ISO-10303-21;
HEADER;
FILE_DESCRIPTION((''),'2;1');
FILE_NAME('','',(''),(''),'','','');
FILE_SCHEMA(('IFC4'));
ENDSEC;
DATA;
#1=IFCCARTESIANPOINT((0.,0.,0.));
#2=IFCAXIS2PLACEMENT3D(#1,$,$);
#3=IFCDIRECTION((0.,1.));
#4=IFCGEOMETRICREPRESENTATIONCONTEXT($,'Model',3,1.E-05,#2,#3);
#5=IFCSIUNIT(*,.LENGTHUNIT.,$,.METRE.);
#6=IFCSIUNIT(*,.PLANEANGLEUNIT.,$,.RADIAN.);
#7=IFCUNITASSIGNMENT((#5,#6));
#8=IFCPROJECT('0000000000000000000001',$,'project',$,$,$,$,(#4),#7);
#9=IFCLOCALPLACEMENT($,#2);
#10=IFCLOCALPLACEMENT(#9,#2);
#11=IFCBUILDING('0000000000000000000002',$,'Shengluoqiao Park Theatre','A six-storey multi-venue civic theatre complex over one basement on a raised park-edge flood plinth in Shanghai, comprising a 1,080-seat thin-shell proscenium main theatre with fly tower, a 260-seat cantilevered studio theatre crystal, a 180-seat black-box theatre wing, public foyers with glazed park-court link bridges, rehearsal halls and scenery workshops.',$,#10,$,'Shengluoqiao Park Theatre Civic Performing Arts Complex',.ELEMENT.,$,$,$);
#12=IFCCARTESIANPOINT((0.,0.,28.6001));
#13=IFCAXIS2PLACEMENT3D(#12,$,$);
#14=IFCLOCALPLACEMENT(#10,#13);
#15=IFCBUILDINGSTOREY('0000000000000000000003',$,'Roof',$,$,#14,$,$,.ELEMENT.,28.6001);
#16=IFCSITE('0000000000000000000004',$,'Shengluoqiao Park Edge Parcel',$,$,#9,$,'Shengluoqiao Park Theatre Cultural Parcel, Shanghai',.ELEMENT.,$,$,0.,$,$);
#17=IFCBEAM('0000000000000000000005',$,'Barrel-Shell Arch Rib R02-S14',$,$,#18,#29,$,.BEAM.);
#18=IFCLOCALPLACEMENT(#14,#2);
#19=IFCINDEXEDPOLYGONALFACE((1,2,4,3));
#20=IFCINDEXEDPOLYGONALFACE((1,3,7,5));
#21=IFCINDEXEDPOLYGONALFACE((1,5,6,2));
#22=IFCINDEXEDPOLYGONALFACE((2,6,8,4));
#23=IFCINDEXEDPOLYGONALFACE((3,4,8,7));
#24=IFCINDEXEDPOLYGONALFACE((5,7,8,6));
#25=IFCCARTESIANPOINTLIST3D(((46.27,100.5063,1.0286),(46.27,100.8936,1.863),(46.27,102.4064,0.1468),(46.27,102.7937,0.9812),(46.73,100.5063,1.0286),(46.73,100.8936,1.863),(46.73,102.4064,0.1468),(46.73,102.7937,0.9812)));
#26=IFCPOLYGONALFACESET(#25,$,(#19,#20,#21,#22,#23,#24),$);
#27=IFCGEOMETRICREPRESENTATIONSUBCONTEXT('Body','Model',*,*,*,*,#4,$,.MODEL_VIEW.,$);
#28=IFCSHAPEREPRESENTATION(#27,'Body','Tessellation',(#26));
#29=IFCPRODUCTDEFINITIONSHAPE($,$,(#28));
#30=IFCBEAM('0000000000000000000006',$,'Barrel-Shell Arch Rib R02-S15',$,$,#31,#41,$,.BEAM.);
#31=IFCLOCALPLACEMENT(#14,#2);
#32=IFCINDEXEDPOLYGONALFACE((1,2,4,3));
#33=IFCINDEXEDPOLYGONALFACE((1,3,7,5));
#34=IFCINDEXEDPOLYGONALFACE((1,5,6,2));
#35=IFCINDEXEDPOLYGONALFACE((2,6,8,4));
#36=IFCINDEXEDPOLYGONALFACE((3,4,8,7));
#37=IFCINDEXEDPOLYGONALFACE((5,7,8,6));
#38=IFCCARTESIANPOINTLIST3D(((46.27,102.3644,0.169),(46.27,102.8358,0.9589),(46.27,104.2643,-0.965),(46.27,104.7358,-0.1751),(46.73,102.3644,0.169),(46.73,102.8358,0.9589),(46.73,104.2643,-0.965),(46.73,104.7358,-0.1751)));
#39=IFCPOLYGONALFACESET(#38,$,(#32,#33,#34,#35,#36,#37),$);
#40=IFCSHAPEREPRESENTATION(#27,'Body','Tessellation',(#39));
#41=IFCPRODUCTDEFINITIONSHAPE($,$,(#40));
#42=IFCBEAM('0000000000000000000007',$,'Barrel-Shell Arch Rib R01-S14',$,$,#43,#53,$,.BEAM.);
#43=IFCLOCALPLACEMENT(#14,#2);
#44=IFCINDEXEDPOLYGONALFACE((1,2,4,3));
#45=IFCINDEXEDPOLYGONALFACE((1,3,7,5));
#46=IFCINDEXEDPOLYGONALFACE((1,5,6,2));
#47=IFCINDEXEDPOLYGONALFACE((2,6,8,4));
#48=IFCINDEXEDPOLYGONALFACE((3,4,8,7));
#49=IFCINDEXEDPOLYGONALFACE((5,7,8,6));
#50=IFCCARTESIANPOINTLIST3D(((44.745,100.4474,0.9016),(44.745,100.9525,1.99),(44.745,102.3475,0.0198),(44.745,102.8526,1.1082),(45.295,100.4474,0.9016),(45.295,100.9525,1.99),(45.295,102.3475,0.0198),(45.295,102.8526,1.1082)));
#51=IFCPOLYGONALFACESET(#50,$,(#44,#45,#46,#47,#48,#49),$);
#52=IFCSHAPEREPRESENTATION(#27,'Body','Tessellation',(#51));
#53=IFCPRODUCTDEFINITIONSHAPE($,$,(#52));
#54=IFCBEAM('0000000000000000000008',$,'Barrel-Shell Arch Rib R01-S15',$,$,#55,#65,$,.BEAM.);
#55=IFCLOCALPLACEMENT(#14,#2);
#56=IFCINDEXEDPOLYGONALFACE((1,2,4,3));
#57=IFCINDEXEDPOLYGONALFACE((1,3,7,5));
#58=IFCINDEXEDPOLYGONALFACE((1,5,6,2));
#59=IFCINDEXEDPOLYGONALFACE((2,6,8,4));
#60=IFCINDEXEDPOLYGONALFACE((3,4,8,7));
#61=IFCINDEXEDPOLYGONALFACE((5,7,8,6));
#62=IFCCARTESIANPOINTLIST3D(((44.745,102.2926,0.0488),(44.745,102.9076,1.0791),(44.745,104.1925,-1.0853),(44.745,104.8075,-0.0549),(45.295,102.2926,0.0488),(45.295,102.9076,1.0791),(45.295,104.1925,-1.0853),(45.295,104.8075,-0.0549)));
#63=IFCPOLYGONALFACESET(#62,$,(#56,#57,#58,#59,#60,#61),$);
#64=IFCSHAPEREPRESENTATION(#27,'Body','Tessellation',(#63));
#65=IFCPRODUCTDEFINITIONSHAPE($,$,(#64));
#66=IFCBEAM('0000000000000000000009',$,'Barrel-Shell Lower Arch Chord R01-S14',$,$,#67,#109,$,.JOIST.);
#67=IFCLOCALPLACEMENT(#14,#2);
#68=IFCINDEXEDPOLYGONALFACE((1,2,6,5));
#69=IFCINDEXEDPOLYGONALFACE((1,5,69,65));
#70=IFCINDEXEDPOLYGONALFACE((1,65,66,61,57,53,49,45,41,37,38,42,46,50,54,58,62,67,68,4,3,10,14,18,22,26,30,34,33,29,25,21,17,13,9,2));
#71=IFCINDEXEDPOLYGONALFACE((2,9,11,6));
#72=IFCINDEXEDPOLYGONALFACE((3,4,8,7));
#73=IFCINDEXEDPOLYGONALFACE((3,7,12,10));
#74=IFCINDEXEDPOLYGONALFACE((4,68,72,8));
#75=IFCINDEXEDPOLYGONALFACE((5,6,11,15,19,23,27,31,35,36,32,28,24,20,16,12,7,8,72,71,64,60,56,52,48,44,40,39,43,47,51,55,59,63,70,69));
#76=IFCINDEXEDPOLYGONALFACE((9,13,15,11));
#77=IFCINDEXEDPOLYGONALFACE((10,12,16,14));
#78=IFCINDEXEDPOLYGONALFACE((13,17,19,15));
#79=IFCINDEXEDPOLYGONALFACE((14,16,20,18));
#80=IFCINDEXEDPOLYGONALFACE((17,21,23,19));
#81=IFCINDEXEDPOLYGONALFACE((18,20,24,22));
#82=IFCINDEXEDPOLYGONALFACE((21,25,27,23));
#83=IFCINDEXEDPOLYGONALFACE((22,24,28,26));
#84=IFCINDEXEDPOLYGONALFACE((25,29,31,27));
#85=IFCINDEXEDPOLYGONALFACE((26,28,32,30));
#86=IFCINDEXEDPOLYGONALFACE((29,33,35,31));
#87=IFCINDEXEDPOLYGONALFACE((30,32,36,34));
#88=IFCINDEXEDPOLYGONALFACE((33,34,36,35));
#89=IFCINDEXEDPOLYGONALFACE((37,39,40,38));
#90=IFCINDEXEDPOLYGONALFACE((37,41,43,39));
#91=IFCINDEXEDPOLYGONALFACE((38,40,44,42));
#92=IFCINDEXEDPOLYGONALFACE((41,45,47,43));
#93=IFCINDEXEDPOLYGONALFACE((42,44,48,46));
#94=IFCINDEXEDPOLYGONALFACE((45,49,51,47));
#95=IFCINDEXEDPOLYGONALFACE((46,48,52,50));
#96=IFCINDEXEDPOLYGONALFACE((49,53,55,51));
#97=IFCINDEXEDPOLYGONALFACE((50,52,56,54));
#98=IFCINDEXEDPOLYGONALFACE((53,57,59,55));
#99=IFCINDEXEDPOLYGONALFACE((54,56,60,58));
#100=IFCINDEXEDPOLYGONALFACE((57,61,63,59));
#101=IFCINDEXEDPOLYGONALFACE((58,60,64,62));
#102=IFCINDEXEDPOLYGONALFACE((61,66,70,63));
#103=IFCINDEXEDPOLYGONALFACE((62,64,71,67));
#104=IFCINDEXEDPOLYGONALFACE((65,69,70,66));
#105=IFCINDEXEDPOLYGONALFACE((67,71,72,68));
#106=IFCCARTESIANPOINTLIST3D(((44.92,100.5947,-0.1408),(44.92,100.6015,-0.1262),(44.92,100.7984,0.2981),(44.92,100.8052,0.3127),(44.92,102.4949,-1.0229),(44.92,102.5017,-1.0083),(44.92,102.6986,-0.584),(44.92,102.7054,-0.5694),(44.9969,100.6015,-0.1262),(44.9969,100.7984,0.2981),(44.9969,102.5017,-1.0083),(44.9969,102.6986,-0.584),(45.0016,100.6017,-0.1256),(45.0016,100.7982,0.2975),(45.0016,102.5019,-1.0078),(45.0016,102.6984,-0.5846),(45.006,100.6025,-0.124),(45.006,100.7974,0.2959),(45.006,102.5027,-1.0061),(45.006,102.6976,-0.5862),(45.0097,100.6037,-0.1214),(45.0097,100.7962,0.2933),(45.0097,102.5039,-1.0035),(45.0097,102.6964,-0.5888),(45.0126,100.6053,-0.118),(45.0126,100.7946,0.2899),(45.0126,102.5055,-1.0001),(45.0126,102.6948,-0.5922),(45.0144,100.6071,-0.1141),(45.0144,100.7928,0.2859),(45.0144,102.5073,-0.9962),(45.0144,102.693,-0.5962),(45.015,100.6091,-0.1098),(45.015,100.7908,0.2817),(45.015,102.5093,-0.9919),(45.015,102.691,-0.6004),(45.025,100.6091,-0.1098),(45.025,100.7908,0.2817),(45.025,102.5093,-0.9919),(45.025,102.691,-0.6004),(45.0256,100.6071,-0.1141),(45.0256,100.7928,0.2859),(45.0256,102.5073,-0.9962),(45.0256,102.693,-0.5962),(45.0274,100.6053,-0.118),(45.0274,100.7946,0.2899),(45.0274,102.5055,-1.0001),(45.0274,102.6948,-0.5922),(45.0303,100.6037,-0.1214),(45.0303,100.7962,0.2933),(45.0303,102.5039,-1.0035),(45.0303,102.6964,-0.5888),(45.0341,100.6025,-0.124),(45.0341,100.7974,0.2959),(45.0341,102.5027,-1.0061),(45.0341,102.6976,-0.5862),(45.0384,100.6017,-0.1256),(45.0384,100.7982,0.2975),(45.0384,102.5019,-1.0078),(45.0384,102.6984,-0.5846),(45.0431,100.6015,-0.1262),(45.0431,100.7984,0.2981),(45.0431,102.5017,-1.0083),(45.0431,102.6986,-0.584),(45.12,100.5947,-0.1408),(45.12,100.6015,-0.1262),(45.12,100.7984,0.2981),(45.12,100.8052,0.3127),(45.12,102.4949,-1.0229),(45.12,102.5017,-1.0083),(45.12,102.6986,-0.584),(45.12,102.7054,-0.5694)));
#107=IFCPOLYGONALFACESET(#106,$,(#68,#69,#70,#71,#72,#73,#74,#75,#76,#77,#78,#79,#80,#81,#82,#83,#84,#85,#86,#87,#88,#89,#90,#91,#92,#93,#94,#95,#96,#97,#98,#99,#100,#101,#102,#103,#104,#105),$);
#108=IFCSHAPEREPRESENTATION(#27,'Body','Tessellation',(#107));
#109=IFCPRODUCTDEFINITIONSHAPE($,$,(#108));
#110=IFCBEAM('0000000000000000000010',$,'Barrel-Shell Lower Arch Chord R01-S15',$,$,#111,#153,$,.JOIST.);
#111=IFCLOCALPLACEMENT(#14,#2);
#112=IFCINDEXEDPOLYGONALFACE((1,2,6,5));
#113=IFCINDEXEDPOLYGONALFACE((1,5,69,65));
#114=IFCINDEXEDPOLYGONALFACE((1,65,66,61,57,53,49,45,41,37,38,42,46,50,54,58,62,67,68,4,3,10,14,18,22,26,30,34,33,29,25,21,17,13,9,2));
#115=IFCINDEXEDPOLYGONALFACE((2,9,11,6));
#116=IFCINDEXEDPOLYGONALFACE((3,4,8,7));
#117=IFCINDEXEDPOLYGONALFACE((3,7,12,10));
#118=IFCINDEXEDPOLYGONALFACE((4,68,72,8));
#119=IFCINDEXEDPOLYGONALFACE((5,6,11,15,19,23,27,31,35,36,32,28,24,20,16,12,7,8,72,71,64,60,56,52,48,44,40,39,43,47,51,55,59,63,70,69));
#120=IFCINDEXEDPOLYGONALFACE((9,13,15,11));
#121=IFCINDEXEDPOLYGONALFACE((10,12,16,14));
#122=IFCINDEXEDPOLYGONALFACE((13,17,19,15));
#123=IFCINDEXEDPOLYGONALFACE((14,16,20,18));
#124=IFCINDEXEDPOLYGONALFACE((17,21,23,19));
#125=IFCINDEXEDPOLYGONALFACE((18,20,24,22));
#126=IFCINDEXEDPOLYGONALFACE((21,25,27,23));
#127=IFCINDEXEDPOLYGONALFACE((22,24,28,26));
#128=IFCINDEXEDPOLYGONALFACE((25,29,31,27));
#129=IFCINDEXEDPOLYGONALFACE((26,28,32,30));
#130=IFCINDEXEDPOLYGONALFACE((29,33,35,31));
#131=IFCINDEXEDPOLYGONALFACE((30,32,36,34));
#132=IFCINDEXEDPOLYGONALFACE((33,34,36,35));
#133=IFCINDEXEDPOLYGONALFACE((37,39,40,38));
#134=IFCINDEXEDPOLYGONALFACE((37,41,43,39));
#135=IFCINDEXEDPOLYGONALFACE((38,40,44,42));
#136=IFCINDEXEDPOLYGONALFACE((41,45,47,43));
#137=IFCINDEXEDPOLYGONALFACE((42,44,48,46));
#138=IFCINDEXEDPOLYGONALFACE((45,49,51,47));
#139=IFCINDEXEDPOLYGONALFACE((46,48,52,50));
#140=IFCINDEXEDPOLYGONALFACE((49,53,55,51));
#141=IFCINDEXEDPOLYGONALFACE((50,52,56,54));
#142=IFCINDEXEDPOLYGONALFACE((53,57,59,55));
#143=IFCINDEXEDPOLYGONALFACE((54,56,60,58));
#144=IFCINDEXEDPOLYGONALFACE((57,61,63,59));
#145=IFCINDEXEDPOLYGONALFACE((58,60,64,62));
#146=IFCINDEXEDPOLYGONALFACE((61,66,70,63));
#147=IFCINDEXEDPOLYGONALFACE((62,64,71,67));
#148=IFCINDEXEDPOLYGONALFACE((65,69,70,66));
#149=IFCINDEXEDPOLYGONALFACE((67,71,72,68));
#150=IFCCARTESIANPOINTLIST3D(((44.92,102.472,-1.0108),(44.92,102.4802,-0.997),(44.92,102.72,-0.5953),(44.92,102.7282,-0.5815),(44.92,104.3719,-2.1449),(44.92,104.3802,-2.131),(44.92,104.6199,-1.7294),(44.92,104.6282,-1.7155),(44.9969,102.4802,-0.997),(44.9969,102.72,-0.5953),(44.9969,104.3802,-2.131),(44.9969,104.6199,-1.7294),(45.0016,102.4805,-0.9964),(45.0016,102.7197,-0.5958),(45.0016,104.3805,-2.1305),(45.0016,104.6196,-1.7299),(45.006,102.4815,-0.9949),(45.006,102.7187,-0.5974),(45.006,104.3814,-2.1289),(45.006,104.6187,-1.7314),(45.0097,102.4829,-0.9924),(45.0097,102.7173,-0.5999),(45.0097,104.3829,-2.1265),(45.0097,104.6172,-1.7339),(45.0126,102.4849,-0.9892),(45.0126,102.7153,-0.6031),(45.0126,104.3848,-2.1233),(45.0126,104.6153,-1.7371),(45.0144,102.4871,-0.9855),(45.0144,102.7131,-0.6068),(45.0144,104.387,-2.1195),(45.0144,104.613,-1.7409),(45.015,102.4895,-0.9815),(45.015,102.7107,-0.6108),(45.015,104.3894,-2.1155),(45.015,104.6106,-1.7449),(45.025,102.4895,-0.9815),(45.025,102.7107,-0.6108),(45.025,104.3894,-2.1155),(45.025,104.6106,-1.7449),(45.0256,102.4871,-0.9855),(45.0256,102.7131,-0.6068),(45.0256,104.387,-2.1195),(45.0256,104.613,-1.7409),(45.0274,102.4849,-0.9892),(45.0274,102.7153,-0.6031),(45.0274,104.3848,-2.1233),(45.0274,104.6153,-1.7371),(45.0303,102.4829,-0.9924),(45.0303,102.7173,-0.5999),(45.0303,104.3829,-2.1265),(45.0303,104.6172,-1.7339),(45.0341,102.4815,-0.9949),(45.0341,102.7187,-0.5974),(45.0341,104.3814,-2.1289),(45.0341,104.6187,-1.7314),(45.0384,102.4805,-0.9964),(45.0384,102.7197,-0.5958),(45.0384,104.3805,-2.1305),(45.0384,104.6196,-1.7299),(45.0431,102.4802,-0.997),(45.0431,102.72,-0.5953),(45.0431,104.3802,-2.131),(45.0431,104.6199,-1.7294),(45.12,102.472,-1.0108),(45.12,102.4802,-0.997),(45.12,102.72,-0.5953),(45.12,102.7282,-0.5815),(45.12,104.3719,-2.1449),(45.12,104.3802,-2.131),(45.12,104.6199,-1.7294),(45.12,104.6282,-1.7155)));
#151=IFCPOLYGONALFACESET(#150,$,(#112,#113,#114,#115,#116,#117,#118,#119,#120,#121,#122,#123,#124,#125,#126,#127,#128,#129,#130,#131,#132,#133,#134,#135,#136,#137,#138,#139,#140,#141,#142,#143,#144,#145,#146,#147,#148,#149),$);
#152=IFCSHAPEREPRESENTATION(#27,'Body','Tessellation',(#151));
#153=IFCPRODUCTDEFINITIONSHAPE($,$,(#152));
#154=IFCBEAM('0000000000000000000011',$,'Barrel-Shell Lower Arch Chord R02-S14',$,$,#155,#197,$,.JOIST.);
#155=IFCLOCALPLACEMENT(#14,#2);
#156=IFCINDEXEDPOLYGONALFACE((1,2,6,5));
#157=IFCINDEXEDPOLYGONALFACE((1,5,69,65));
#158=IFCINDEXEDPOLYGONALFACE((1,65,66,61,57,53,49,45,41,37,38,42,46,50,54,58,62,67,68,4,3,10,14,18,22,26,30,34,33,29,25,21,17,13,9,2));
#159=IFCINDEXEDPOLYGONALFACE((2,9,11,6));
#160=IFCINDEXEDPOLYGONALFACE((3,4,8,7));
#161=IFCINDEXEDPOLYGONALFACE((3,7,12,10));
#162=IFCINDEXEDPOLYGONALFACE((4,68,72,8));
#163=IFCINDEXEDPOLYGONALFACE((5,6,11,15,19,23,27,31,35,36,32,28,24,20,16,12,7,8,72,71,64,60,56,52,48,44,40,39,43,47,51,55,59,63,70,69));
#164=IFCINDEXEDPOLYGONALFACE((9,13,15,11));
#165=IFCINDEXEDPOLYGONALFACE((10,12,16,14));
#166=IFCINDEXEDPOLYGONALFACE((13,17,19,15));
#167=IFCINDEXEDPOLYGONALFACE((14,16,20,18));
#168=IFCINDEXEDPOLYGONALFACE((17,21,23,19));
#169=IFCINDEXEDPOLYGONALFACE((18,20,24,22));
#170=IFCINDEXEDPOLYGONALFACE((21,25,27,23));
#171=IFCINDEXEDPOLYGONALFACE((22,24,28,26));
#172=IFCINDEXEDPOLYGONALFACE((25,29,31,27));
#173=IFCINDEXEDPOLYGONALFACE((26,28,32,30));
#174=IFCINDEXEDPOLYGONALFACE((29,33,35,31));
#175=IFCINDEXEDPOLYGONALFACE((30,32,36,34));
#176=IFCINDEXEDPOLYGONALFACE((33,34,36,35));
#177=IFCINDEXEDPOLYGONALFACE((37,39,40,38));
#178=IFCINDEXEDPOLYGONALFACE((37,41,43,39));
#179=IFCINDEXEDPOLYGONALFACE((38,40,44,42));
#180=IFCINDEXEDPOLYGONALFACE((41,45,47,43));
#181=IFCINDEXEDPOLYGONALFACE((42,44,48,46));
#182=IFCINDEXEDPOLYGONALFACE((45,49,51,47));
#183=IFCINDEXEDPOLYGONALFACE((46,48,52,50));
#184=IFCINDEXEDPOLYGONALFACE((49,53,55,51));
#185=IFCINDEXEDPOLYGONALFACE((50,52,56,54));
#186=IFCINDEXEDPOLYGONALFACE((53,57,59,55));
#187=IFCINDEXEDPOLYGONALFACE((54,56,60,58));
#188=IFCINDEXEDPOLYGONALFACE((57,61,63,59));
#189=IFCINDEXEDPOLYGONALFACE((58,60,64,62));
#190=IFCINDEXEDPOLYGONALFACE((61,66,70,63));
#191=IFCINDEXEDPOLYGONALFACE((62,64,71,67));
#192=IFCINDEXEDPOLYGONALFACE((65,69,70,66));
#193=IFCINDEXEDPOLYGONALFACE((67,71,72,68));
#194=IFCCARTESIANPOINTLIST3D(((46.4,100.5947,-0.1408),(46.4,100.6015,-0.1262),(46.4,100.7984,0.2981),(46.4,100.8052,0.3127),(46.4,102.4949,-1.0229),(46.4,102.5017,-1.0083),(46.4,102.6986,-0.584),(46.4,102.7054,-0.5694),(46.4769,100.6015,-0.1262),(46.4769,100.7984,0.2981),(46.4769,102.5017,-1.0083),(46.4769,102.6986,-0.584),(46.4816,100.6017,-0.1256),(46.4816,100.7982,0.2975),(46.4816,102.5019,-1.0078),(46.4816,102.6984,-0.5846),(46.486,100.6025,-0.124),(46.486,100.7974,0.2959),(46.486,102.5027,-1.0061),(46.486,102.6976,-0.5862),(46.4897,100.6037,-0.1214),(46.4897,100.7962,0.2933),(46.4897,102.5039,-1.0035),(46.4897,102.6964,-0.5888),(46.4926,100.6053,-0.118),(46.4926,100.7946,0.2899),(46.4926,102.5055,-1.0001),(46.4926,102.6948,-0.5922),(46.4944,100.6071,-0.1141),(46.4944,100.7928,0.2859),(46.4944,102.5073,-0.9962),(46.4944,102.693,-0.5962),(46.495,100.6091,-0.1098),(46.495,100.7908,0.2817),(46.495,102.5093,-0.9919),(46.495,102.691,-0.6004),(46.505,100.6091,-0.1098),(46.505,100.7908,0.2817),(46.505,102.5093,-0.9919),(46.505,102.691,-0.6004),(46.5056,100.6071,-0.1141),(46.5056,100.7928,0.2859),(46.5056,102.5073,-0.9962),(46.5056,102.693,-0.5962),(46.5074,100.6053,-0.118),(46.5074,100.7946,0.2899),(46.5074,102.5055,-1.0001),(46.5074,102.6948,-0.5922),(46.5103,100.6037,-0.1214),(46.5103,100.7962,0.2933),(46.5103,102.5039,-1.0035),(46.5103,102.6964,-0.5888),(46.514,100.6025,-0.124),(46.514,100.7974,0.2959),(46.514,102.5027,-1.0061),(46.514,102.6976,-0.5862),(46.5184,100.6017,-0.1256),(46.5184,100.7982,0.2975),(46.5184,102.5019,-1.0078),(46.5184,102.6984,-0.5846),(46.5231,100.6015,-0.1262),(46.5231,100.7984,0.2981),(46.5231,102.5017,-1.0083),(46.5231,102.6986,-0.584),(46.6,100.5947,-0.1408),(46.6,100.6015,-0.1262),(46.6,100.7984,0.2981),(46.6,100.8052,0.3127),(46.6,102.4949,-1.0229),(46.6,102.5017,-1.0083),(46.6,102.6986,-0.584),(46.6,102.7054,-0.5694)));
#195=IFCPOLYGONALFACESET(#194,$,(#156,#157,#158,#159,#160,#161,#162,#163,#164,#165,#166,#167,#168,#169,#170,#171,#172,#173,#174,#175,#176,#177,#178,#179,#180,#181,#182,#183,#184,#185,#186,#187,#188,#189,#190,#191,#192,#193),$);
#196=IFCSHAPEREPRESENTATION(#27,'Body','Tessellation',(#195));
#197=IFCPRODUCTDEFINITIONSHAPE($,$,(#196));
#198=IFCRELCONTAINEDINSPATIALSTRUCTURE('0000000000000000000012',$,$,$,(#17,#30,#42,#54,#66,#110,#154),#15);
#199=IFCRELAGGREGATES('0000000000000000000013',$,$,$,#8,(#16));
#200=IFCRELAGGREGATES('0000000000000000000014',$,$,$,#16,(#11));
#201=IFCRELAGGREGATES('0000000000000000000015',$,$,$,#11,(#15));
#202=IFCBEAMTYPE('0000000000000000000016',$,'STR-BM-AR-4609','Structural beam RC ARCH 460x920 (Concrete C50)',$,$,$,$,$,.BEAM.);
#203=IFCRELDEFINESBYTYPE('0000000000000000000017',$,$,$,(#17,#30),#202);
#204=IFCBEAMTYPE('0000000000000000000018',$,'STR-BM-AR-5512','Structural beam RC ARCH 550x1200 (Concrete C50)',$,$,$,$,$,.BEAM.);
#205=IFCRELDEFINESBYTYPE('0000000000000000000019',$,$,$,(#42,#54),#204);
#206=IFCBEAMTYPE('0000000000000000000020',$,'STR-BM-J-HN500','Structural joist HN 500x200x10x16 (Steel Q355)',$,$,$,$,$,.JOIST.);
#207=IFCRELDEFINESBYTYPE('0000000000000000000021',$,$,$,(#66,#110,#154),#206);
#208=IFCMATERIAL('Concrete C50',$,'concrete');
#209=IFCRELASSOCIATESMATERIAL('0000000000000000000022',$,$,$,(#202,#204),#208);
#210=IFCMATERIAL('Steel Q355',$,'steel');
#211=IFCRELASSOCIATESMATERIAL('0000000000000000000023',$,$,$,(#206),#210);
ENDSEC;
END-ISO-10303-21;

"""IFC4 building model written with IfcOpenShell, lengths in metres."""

from ifc_helpers import new_model, si_unit, direction, frame, origin, origin_2d, place, context, subcontext, project, spatial, rectangle, i_section, extrude, material, material_profile, profile_set, type_object, element, save


model = new_model("IFC4")

# Units and contexts
model_context = context("Model", 3, precision=1e-05, world=origin(), true_north=direction((0.0, 1.0)))
body_context = subcontext(model_context, "Body", "Model", "MODEL_VIEW")
ifc_project = project(units=[si_unit("LENGTHUNIT", "METRE"), si_unit("PLANEANGLEUNIT", "RADIAN")], contexts=[model_context])

# Site, building, storey
site_placement = place(None, origin())
site = spatial("IfcSite", under=ifc_project, at=site_placement, Name="Shengluoqiao Park Edge Parcel", LongName="Shengluoqiao Park Theatre Cultural Parcel, Shanghai", CompositionType="ELEMENT", RefElevation=0.0)
building_placement = place(site_placement, origin())
building = spatial("IfcBuilding", under=site, at=building_placement, Name="Shengluoqiao Park Theatre", Description="A six-storey multi-venue civic theatre complex over one basement on a raised park-edge flood plinth in Shanghai, comprising a 1,080-seat thin-shell proscenium main theatre with fly tower, a 260-seat cantilevered studio theatre crystal, a 180-seat black-box theatre wing, public foyers with glazed park-court link bridges, rehearsal halls and scenery workshops.", LongName="Shengluoqiao Park Theatre Civic Performing Arts Complex", CompositionType="ELEMENT")
storey_placement = place(building_placement, frame((0.0, 0.0, 28.6001)))
storey = spatial("IfcBuildingStorey", under=building, at=storey_placement, Name="Roof", CompositionType="ELEMENT", Elevation=28.6001)

# Beams
ifc_material_1 = material(Name="Concrete C50", Category="concrete")
ifc_material_profile_1 = material_profile(ifc_material_1, rectangle(XDim=0.46, YDim=0.9199, at=origin_2d()), Name="RC ARCH 460x920")
ifc_profile_set_1 = profile_set([ifc_material_profile_1], Name="Concrete C50")
beam_type_1 = type_object("IfcBeamType", Name="STR-BM-AR-4609", Description="Structural beam RC ARCH 460x920 (Concrete C50)", PredefinedType="BEAM", material=ifc_profile_set_1)
beam_1_placement = place(storey_placement, frame((46.5, 100.7, 1.4458), z_axis=(0.0, 0.907077, -0.420964), x_axis=(-1.0, 0.0, 0.0)))
element("IfcBeam", 1, at=beam_1_placement, inside=storey, type_object=beam_type_1, Name="Barrel-Shell Arch Rib R02-S14", PredefinedType="BEAM", context=body_context, shape_type="SweptSolid", body=[
    extrude(rectangle(XDim=0.46, YDim=0.9199, at=origin_2d()), origin(), (0.0, 0.0, 1.0), 2.0947),
])
beam_2_placement = place(storey_placement, frame((46.5, 102.6001, 0.564), z_axis=(0.0, 0.858669, -0.512531), x_axis=(-1.0, 0.0, 0.0)))
element("IfcBeam", 2, at=beam_2_placement, inside=storey, type_object=beam_type_1, Name="Barrel-Shell Arch Rib R02-S15", PredefinedType="BEAM", context=body_context, shape_type="SweptSolid", body=[
    extrude(rectangle(XDim=0.46, YDim=0.9199, at=origin_2d()), origin(), (0.0, 0.0, 1.0), 2.2126),
])
ifc_material_profile_2 = material_profile(ifc_material_1, rectangle(XDim=0.55, YDim=1.2, at=origin_2d()), Name="RC ARCH 550x1200")
ifc_profile_set_2 = profile_set([ifc_material_profile_2], Name="Concrete C50")
beam_type_2 = type_object("IfcBeamType", Name="STR-BM-AR-5512", Description="Structural beam RC ARCH 550x1200 (Concrete C50)", PredefinedType="BEAM", material=ifc_profile_set_2)
beam_3_placement = place(storey_placement, frame((45.02, 100.7, 1.4458), z_axis=(0.0, 0.907077, -0.420964), x_axis=(-1.0, 0.0, 0.0)))
element("IfcBeam", 3, at=beam_3_placement, inside=storey, type_object=beam_type_2, Name="Barrel-Shell Arch Rib R01-S14", PredefinedType="BEAM", context=body_context, shape_type="SweptSolid", body=[
    extrude(rectangle(XDim=0.55, YDim=1.2, at=origin_2d()), origin(), (0.0, 0.0, 1.0), 2.0947),
])
beam_4_placement = place(storey_placement, frame((45.02, 102.6001, 0.564), z_axis=(0.0, 0.858669, -0.512531), x_axis=(-1.0, 0.0, 0.0)))
element("IfcBeam", 4, at=beam_4_placement, inside=storey, type_object=beam_type_2, Name="Barrel-Shell Arch Rib R01-S15", PredefinedType="BEAM", context=body_context, shape_type="SweptSolid", body=[
    extrude(rectangle(XDim=0.55, YDim=1.2, at=origin_2d()), origin(), (0.0, 0.0, 1.0), 2.2126),
])
ifc_material_2 = material(Name="Steel Q355", Category="steel")
ifc_material_profile_3 = material_profile(ifc_material_2, i_section(OverallWidth=0.2, OverallDepth=0.5, WebThickness=0.01, FlangeThickness=0.0161, FilletRadius=0.0181, at=origin_2d()), Name="HN 500x200x10x16")
ifc_profile_set_3 = profile_set([ifc_material_profile_3], Name="Steel Q355")
beam_type_3 = type_object("IfcBeamType", Name="STR-BM-J-HN500", Description="Structural joist HN 500x200x10x16 (Steel Q355)", PredefinedType="JOIST", material=ifc_profile_set_3)
beam_5_placement = place(storey_placement, frame((45.02, 100.7, 0.0859), z_axis=(0.0, 0.907033, -0.42106), x_axis=(-1.0, 0.0, 0.0)))
element("IfcBeam", 5, at=beam_5_placement, inside=storey, type_object=beam_type_3, Name="Barrel-Shell Lower Arch Chord R01-S14", PredefinedType="JOIST", context=body_context, shape_type="SweptSolid", body=[
    extrude(i_section(OverallWidth=0.2, OverallDepth=0.5, WebThickness=0.01, FlangeThickness=0.0161, FilletRadius=0.0181, at=origin_2d()), origin(), (0.0, 0.0, 1.0), 2.095),
])
beam_6_placement = place(storey_placement, frame((45.02, 102.6001, -0.7961), z_axis=(0.0, 0.858669, -0.512531), x_axis=(-1.0, 0.0, 0.0)))
element("IfcBeam", 6, at=beam_6_placement, inside=storey, type_object=beam_type_3, Name="Barrel-Shell Lower Arch Chord R01-S15", PredefinedType="JOIST", context=body_context, shape_type="SweptSolid", body=[
    extrude(i_section(OverallWidth=0.2, OverallDepth=0.5, WebThickness=0.01, FlangeThickness=0.0161, FilletRadius=0.0181, at=origin_2d()), origin(), (0.0, 0.0, 1.0), 2.2126),
])
beam_7_placement = place(storey_placement, frame((46.5, 100.7, 0.0859), z_axis=(0.0, 0.907033, -0.42106), x_axis=(-1.0, 0.0, 0.0)))
element("IfcBeam", 7, at=beam_7_placement, inside=storey, type_object=beam_type_3, Name="Barrel-Shell Lower Arch Chord R02-S14", PredefinedType="JOIST", context=body_context, shape_type="SweptSolid", body=[
    extrude(i_section(OverallWidth=0.2, OverallDepth=0.5, WebThickness=0.01, FlangeThickness=0.0161, FilletRadius=0.0181, at=origin_2d()), origin(), (0.0, 0.0, 1.0), 2.095),
])

save(model, "model.ifc")
